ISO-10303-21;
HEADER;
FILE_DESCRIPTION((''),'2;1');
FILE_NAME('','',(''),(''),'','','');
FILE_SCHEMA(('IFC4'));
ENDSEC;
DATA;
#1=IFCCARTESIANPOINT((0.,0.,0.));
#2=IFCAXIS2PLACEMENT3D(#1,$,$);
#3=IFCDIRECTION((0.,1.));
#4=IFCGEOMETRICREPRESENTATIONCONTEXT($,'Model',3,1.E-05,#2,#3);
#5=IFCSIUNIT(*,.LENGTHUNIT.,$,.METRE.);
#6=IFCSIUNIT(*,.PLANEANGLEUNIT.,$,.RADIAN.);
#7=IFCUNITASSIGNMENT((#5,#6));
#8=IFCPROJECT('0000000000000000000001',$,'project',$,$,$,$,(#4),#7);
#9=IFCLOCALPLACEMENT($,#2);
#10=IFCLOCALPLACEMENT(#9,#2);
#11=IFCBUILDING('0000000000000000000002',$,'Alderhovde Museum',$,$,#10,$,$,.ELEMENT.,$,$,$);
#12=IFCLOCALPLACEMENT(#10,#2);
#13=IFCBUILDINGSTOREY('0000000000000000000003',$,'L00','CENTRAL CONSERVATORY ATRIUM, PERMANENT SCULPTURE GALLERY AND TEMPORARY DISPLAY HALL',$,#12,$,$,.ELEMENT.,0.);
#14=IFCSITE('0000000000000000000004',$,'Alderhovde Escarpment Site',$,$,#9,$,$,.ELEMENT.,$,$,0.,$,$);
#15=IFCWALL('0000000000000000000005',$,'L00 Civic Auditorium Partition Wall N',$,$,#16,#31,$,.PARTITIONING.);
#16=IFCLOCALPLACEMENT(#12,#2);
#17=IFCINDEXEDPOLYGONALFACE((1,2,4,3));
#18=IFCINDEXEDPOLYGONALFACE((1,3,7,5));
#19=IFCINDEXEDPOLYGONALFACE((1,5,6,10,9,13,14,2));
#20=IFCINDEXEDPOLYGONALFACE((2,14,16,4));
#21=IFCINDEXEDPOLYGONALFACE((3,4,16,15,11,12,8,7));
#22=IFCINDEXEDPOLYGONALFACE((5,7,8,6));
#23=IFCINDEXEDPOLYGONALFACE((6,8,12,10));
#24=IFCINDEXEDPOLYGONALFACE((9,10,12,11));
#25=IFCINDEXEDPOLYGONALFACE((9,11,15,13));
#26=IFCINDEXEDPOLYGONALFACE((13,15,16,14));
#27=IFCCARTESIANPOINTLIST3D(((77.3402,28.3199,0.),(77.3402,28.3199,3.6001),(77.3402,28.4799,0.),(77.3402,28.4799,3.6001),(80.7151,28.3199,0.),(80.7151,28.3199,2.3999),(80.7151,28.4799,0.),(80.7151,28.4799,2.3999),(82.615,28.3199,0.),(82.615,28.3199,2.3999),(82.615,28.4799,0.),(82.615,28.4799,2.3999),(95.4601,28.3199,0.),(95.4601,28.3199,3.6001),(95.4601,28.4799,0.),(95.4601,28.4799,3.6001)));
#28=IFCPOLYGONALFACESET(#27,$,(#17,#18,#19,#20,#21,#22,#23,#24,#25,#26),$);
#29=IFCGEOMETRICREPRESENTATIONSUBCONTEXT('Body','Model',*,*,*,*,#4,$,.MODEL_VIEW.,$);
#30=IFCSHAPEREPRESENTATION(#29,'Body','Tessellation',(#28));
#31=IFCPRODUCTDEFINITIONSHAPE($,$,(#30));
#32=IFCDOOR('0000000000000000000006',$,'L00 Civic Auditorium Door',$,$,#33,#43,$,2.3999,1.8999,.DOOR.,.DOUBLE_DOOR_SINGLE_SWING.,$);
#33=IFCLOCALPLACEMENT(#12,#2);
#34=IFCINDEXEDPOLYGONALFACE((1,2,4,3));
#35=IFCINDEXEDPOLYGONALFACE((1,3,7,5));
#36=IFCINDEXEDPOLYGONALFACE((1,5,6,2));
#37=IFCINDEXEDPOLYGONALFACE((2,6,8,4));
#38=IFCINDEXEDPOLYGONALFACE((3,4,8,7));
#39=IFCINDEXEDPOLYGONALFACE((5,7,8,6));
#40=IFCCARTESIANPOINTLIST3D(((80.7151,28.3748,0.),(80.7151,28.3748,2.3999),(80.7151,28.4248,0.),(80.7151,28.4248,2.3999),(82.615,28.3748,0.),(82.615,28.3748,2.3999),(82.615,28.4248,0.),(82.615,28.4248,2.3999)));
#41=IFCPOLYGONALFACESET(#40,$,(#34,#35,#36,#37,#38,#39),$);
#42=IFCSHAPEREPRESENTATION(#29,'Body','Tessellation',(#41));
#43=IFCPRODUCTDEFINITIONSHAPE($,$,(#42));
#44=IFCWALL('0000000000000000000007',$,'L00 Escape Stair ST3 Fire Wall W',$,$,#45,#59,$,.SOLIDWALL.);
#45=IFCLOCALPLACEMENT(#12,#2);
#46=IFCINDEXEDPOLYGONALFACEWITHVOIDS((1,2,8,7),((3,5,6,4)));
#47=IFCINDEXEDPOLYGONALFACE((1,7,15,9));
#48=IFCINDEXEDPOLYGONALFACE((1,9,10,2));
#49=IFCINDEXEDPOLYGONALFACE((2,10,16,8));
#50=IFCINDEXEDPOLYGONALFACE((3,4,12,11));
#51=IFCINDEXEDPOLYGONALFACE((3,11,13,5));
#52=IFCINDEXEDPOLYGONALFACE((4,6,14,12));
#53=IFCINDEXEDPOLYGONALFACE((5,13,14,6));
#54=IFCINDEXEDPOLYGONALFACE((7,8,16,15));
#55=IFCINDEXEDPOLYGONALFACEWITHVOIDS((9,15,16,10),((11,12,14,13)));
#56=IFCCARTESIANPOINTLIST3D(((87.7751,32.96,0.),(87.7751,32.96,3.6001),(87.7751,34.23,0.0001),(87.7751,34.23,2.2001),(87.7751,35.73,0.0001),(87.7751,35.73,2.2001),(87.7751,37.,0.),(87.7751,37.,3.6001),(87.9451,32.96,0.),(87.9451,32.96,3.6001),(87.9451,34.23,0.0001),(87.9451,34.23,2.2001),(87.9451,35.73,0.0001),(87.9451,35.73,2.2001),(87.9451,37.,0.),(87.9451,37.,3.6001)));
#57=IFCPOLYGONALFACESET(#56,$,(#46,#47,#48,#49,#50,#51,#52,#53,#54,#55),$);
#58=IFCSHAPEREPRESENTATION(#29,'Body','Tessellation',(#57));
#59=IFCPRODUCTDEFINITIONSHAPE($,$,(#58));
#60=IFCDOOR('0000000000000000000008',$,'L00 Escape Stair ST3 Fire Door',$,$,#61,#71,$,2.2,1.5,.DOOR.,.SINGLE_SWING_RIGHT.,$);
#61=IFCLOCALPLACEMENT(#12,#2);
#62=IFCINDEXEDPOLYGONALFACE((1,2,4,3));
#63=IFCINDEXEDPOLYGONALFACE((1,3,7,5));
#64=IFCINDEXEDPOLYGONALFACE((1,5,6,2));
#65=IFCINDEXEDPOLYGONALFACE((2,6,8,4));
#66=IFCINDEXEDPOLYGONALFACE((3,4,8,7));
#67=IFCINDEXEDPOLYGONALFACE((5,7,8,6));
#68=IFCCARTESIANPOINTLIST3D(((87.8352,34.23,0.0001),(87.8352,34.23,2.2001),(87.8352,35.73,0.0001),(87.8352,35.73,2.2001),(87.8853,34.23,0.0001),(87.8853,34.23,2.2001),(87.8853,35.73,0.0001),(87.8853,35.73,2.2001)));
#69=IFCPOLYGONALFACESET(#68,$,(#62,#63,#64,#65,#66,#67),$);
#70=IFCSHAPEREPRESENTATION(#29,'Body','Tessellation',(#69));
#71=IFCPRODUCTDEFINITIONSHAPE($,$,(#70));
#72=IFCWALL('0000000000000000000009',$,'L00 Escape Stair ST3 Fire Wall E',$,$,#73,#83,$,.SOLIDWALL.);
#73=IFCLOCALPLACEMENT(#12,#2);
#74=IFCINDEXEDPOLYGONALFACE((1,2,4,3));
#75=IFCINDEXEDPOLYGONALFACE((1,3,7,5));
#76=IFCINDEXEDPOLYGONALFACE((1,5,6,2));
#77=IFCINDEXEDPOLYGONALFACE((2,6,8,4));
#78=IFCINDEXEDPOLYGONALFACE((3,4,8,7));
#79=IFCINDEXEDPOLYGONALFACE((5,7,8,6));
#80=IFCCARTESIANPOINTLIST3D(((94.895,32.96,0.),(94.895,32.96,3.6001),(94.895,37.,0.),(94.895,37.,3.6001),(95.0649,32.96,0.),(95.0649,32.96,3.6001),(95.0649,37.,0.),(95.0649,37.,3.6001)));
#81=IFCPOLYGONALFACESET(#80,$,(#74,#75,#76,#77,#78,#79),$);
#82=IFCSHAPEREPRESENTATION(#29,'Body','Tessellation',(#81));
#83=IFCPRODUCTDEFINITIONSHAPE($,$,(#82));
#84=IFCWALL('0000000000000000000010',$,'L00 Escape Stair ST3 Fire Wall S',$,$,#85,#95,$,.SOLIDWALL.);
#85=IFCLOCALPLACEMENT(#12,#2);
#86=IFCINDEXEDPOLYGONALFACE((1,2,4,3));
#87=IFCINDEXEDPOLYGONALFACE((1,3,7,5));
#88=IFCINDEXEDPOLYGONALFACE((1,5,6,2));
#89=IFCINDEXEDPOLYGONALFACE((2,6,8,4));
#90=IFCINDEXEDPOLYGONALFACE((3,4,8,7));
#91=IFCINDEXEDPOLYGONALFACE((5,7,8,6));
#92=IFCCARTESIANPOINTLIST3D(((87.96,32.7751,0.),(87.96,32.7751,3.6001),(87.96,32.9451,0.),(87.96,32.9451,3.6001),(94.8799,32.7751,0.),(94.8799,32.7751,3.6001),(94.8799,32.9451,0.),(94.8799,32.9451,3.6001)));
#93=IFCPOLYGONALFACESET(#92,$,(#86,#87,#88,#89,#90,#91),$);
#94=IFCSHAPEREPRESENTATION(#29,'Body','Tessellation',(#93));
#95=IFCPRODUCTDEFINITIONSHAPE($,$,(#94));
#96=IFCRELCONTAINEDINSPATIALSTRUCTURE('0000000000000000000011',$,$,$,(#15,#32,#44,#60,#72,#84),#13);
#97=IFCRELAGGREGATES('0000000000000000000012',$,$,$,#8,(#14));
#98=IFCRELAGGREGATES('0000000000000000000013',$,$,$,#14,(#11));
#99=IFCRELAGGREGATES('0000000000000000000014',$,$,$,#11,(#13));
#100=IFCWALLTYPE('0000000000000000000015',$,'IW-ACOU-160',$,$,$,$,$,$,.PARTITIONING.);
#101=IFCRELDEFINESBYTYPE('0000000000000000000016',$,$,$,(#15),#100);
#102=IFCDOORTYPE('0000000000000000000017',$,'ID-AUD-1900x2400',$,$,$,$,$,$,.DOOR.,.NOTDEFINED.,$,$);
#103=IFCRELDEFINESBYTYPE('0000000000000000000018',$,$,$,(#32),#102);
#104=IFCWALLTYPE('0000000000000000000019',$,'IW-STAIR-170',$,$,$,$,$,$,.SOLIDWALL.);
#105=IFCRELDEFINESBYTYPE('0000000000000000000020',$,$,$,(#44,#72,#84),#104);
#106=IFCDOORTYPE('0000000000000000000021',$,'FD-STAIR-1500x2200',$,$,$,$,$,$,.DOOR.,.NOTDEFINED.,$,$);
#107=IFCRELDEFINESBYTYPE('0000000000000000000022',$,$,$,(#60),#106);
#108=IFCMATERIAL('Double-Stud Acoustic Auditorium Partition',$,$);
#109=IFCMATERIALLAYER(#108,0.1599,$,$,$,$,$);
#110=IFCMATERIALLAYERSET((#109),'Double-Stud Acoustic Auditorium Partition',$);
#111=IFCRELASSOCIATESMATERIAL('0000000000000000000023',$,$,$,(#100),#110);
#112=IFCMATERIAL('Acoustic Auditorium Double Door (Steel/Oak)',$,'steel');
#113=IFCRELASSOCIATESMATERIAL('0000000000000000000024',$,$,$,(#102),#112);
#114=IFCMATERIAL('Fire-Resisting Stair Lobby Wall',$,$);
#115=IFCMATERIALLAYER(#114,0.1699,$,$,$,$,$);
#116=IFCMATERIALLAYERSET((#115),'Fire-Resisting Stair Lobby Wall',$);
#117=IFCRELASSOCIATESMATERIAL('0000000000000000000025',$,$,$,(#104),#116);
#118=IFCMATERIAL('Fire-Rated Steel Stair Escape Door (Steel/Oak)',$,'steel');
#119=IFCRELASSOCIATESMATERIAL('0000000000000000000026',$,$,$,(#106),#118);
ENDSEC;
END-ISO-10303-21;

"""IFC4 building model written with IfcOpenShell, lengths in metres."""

from ifc_helpers import new_model, si_unit, direction, frame, frame_2d, origin, place, context, subcontext, project, spatial, rectangle, extrude, material, layer, layer_set, type_object, element, fill, save


model = new_model("IFC4")

# Units and contexts
model_context = context("Model", 3, precision=1e-05, world=origin(), true_north=direction((0.0, 1.0)))
body_context = subcontext(model_context, "Body", "Model", "MODEL_VIEW")
ifc_project = project(units=[si_unit("LENGTHUNIT", "METRE"), si_unit("PLANEANGLEUNIT", "RADIAN")], contexts=[model_context])

# Site, building, storey
site_placement = place(None, origin())
site = spatial("IfcSite", under=ifc_project, at=site_placement, Name="Alderhovde Escarpment Site", CompositionType="ELEMENT", RefElevation=0.0)
building_placement = place(site_placement, origin())
building = spatial("IfcBuilding", under=site, at=building_placement, Name="Alderhovde Museum", CompositionType="ELEMENT")
storey_placement = place(building_placement, origin())
storey = spatial("IfcBuildingStorey", under=building, at=storey_placement, Name="L00", Description="CENTRAL CONSERVATORY ATRIUM, PERMANENT SCULPTURE GALLERY AND TEMPORARY DISPLAY HALL", CompositionType="ELEMENT", Elevation=0.0)

# Walls, openings, doors
ifc_material_1 = material(Name="Double-Stud Acoustic Auditorium Partition")
ifc_layer_1 = layer(ifc_material_1, 0.1599)
ifc_layer_set_1 = layer_set([ifc_layer_1], Name="Double-Stud Acoustic Auditorium Partition")
wall_type_1 = type_object("IfcWallType", Name="IW-ACOU-160", PredefinedType="PARTITIONING", material=ifc_layer_set_1)
wall_1_placement = place(storey_placement, frame((77.3401, 28.3999, 0.0), z_axis=(0.0, 0.0, 1.0), x_axis=(1.0, 0.0, 0.0)))
wall_1 = element("IfcWall", 1, at=wall_1_placement, inside=storey, type_object=wall_type_1, Name="L00 Civic Auditorium Partition Wall N", PredefinedType="PARTITIONING", context=body_context, shape_type="SweptSolid", body=[
    extrude(rectangle(XDim=18.1199, YDim=0.1599, at=frame_2d((9.0601, 0.0))), origin(), (0.0, 0.0, 1.0), 3.6001),
])
opening_1_placement = place(wall_1_placement, frame((3.375, 0.0, 0.0)))
opening_1 = element("IfcOpeningElement", 2, at=opening_1_placement, cuts=wall_1, PredefinedType="OPENING", context=body_context, shape_type="SweptSolid", body=[
    extrude(rectangle(XDim=1.8999, YDim=2.3999, at=frame_2d((0.95, 1.2))), frame((0.0, 0.0901, 0.0), z_axis=(0.0, -1.0, 0.0), x_axis=(1.0, 0.0, 0.0)), (0.0, 0.0, 1.0), 0.1799),
])
ifc_material_2 = material(Name="Acoustic Auditorium Double Door (Steel/Oak)", Category="steel")
door_type_1 = type_object("IfcDoorType", Name="ID-AUD-1900x2400", OperationType="NOTDEFINED", PredefinedType="DOOR", material=ifc_material_2)
door_1_placement = place(opening_1_placement, origin())
door_1 = element("IfcDoor", 3, at=door_1_placement, inside=storey, type_object=door_type_1, Name="L00 Civic Auditorium Door", OperationType="DOUBLE_DOOR_SINGLE_SWING", OverallHeight=2.3999, OverallWidth=1.8999, PredefinedType="DOOR", context=body_context, shape_type="SweptSolid", body=[
    extrude(rectangle(XDim=1.8999, YDim=2.3999, at=frame_2d((0.95, 1.2))), frame((0.0, 0.0249, 0.0), z_axis=(0.0, -1.0, 0.0), x_axis=(1.0, 0.0, 0.0)), (0.0, 0.0, 1.0), 0.05),
])
fill(opening_1, door_1)
ifc_material_3 = material(Name="Fire-Resisting Stair Lobby Wall")
ifc_layer_2 = layer(ifc_material_3, 0.1699)
ifc_layer_set_2 = layer_set([ifc_layer_2], Name="Fire-Resisting Stair Lobby Wall")
wall_type_2 = type_object("IfcWallType", Name="IW-STAIR-170", PredefinedType="SOLIDWALL", material=ifc_layer_set_2)
wall_2_placement = place(storey_placement, frame((87.8601, 32.96, 0.0), z_axis=(0.0, 0.0, 1.0), x_axis=(0.0, 1.0, 0.0)))
wall_2 = element("IfcWall", 4, at=wall_2_placement, inside=storey, type_object=wall_type_2, Name="L00 Escape Stair ST3 Fire Wall W", PredefinedType="SOLIDWALL", context=body_context, shape_type="SweptSolid", body=[
    extrude(rectangle(XDim=4.04, YDim=0.1699, at=frame_2d((2.02, 0.0))), origin(), (0.0, 0.0, 1.0), 3.6001),
])
opening_2_placement = place(wall_2_placement, frame((1.27, 0.0, 0.0)))
opening_2 = element("IfcOpeningElement", 5, at=opening_2_placement, cuts=wall_2, PredefinedType="OPENING", context=body_context, shape_type="SweptSolid", body=[
    extrude(rectangle(XDim=1.5, YDim=2.2, at=frame_2d((0.75, 1.1001))), frame((0.0, 0.095, 0.0), z_axis=(0.0, -1.0, 0.0), x_axis=(1.0, 0.0, 0.0)), (0.0, 0.0, 1.0), 0.1899),
])
ifc_material_4 = material(Name="Fire-Rated Steel Stair Escape Door (Steel/Oak)", Category="steel")
door_type_2 = type_object("IfcDoorType", Name="FD-STAIR-1500x2200", OperationType="NOTDEFINED", PredefinedType="DOOR", material=ifc_material_4)
door_2_placement = place(opening_2_placement, origin())
door_2 = element("IfcDoor", 6, at=door_2_placement, inside=storey, type_object=door_type_2, Name="L00 Escape Stair ST3 Fire Door", OperationType="SINGLE_SWING_RIGHT", OverallHeight=2.2, OverallWidth=1.5, PredefinedType="DOOR", context=body_context, shape_type="SweptSolid", body=[
    extrude(rectangle(XDim=1.5, YDim=2.2, at=frame_2d((0.75, 1.1001))), frame((0.0, 0.0249, 0.0), z_axis=(0.0, -1.0, 0.0), x_axis=(1.0, 0.0, 0.0)), (0.0, 0.0, 1.0), 0.05),
])
fill(opening_2, door_2)

# Walls
wall_3_placement = place(storey_placement, frame((94.98, 32.96, 0.0), z_axis=(0.0, 0.0, 1.0), x_axis=(0.0, 1.0, 0.0)))
element("IfcWall", 7, at=wall_3_placement, inside=storey, type_object=wall_type_2, Name="L00 Escape Stair ST3 Fire Wall E", PredefinedType="SOLIDWALL", context=body_context, shape_type="SweptSolid", body=[
    extrude(rectangle(XDim=4.04, YDim=0.1699, at=frame_2d((2.02, 0.0))), origin(), (0.0, 0.0, 1.0), 3.6001),
])
wall_4_placement = place(storey_placement, frame((87.96, 32.8601, 0.0), z_axis=(0.0, 0.0, 1.0), x_axis=(1.0, 0.0, 0.0)))
element("IfcWall", 8, at=wall_4_placement, inside=storey, type_object=wall_type_2, Name="L00 Escape Stair ST3 Fire Wall S", PredefinedType="SOLIDWALL", context=body_context, shape_type="SweptSolid", body=[
    extrude(rectangle(XDim=6.9199, YDim=0.1699, at=frame_2d((3.46, 0.0))), origin(), (0.0, 0.0, 1.0), 3.6001),
])

save(model, "model.ifc")
